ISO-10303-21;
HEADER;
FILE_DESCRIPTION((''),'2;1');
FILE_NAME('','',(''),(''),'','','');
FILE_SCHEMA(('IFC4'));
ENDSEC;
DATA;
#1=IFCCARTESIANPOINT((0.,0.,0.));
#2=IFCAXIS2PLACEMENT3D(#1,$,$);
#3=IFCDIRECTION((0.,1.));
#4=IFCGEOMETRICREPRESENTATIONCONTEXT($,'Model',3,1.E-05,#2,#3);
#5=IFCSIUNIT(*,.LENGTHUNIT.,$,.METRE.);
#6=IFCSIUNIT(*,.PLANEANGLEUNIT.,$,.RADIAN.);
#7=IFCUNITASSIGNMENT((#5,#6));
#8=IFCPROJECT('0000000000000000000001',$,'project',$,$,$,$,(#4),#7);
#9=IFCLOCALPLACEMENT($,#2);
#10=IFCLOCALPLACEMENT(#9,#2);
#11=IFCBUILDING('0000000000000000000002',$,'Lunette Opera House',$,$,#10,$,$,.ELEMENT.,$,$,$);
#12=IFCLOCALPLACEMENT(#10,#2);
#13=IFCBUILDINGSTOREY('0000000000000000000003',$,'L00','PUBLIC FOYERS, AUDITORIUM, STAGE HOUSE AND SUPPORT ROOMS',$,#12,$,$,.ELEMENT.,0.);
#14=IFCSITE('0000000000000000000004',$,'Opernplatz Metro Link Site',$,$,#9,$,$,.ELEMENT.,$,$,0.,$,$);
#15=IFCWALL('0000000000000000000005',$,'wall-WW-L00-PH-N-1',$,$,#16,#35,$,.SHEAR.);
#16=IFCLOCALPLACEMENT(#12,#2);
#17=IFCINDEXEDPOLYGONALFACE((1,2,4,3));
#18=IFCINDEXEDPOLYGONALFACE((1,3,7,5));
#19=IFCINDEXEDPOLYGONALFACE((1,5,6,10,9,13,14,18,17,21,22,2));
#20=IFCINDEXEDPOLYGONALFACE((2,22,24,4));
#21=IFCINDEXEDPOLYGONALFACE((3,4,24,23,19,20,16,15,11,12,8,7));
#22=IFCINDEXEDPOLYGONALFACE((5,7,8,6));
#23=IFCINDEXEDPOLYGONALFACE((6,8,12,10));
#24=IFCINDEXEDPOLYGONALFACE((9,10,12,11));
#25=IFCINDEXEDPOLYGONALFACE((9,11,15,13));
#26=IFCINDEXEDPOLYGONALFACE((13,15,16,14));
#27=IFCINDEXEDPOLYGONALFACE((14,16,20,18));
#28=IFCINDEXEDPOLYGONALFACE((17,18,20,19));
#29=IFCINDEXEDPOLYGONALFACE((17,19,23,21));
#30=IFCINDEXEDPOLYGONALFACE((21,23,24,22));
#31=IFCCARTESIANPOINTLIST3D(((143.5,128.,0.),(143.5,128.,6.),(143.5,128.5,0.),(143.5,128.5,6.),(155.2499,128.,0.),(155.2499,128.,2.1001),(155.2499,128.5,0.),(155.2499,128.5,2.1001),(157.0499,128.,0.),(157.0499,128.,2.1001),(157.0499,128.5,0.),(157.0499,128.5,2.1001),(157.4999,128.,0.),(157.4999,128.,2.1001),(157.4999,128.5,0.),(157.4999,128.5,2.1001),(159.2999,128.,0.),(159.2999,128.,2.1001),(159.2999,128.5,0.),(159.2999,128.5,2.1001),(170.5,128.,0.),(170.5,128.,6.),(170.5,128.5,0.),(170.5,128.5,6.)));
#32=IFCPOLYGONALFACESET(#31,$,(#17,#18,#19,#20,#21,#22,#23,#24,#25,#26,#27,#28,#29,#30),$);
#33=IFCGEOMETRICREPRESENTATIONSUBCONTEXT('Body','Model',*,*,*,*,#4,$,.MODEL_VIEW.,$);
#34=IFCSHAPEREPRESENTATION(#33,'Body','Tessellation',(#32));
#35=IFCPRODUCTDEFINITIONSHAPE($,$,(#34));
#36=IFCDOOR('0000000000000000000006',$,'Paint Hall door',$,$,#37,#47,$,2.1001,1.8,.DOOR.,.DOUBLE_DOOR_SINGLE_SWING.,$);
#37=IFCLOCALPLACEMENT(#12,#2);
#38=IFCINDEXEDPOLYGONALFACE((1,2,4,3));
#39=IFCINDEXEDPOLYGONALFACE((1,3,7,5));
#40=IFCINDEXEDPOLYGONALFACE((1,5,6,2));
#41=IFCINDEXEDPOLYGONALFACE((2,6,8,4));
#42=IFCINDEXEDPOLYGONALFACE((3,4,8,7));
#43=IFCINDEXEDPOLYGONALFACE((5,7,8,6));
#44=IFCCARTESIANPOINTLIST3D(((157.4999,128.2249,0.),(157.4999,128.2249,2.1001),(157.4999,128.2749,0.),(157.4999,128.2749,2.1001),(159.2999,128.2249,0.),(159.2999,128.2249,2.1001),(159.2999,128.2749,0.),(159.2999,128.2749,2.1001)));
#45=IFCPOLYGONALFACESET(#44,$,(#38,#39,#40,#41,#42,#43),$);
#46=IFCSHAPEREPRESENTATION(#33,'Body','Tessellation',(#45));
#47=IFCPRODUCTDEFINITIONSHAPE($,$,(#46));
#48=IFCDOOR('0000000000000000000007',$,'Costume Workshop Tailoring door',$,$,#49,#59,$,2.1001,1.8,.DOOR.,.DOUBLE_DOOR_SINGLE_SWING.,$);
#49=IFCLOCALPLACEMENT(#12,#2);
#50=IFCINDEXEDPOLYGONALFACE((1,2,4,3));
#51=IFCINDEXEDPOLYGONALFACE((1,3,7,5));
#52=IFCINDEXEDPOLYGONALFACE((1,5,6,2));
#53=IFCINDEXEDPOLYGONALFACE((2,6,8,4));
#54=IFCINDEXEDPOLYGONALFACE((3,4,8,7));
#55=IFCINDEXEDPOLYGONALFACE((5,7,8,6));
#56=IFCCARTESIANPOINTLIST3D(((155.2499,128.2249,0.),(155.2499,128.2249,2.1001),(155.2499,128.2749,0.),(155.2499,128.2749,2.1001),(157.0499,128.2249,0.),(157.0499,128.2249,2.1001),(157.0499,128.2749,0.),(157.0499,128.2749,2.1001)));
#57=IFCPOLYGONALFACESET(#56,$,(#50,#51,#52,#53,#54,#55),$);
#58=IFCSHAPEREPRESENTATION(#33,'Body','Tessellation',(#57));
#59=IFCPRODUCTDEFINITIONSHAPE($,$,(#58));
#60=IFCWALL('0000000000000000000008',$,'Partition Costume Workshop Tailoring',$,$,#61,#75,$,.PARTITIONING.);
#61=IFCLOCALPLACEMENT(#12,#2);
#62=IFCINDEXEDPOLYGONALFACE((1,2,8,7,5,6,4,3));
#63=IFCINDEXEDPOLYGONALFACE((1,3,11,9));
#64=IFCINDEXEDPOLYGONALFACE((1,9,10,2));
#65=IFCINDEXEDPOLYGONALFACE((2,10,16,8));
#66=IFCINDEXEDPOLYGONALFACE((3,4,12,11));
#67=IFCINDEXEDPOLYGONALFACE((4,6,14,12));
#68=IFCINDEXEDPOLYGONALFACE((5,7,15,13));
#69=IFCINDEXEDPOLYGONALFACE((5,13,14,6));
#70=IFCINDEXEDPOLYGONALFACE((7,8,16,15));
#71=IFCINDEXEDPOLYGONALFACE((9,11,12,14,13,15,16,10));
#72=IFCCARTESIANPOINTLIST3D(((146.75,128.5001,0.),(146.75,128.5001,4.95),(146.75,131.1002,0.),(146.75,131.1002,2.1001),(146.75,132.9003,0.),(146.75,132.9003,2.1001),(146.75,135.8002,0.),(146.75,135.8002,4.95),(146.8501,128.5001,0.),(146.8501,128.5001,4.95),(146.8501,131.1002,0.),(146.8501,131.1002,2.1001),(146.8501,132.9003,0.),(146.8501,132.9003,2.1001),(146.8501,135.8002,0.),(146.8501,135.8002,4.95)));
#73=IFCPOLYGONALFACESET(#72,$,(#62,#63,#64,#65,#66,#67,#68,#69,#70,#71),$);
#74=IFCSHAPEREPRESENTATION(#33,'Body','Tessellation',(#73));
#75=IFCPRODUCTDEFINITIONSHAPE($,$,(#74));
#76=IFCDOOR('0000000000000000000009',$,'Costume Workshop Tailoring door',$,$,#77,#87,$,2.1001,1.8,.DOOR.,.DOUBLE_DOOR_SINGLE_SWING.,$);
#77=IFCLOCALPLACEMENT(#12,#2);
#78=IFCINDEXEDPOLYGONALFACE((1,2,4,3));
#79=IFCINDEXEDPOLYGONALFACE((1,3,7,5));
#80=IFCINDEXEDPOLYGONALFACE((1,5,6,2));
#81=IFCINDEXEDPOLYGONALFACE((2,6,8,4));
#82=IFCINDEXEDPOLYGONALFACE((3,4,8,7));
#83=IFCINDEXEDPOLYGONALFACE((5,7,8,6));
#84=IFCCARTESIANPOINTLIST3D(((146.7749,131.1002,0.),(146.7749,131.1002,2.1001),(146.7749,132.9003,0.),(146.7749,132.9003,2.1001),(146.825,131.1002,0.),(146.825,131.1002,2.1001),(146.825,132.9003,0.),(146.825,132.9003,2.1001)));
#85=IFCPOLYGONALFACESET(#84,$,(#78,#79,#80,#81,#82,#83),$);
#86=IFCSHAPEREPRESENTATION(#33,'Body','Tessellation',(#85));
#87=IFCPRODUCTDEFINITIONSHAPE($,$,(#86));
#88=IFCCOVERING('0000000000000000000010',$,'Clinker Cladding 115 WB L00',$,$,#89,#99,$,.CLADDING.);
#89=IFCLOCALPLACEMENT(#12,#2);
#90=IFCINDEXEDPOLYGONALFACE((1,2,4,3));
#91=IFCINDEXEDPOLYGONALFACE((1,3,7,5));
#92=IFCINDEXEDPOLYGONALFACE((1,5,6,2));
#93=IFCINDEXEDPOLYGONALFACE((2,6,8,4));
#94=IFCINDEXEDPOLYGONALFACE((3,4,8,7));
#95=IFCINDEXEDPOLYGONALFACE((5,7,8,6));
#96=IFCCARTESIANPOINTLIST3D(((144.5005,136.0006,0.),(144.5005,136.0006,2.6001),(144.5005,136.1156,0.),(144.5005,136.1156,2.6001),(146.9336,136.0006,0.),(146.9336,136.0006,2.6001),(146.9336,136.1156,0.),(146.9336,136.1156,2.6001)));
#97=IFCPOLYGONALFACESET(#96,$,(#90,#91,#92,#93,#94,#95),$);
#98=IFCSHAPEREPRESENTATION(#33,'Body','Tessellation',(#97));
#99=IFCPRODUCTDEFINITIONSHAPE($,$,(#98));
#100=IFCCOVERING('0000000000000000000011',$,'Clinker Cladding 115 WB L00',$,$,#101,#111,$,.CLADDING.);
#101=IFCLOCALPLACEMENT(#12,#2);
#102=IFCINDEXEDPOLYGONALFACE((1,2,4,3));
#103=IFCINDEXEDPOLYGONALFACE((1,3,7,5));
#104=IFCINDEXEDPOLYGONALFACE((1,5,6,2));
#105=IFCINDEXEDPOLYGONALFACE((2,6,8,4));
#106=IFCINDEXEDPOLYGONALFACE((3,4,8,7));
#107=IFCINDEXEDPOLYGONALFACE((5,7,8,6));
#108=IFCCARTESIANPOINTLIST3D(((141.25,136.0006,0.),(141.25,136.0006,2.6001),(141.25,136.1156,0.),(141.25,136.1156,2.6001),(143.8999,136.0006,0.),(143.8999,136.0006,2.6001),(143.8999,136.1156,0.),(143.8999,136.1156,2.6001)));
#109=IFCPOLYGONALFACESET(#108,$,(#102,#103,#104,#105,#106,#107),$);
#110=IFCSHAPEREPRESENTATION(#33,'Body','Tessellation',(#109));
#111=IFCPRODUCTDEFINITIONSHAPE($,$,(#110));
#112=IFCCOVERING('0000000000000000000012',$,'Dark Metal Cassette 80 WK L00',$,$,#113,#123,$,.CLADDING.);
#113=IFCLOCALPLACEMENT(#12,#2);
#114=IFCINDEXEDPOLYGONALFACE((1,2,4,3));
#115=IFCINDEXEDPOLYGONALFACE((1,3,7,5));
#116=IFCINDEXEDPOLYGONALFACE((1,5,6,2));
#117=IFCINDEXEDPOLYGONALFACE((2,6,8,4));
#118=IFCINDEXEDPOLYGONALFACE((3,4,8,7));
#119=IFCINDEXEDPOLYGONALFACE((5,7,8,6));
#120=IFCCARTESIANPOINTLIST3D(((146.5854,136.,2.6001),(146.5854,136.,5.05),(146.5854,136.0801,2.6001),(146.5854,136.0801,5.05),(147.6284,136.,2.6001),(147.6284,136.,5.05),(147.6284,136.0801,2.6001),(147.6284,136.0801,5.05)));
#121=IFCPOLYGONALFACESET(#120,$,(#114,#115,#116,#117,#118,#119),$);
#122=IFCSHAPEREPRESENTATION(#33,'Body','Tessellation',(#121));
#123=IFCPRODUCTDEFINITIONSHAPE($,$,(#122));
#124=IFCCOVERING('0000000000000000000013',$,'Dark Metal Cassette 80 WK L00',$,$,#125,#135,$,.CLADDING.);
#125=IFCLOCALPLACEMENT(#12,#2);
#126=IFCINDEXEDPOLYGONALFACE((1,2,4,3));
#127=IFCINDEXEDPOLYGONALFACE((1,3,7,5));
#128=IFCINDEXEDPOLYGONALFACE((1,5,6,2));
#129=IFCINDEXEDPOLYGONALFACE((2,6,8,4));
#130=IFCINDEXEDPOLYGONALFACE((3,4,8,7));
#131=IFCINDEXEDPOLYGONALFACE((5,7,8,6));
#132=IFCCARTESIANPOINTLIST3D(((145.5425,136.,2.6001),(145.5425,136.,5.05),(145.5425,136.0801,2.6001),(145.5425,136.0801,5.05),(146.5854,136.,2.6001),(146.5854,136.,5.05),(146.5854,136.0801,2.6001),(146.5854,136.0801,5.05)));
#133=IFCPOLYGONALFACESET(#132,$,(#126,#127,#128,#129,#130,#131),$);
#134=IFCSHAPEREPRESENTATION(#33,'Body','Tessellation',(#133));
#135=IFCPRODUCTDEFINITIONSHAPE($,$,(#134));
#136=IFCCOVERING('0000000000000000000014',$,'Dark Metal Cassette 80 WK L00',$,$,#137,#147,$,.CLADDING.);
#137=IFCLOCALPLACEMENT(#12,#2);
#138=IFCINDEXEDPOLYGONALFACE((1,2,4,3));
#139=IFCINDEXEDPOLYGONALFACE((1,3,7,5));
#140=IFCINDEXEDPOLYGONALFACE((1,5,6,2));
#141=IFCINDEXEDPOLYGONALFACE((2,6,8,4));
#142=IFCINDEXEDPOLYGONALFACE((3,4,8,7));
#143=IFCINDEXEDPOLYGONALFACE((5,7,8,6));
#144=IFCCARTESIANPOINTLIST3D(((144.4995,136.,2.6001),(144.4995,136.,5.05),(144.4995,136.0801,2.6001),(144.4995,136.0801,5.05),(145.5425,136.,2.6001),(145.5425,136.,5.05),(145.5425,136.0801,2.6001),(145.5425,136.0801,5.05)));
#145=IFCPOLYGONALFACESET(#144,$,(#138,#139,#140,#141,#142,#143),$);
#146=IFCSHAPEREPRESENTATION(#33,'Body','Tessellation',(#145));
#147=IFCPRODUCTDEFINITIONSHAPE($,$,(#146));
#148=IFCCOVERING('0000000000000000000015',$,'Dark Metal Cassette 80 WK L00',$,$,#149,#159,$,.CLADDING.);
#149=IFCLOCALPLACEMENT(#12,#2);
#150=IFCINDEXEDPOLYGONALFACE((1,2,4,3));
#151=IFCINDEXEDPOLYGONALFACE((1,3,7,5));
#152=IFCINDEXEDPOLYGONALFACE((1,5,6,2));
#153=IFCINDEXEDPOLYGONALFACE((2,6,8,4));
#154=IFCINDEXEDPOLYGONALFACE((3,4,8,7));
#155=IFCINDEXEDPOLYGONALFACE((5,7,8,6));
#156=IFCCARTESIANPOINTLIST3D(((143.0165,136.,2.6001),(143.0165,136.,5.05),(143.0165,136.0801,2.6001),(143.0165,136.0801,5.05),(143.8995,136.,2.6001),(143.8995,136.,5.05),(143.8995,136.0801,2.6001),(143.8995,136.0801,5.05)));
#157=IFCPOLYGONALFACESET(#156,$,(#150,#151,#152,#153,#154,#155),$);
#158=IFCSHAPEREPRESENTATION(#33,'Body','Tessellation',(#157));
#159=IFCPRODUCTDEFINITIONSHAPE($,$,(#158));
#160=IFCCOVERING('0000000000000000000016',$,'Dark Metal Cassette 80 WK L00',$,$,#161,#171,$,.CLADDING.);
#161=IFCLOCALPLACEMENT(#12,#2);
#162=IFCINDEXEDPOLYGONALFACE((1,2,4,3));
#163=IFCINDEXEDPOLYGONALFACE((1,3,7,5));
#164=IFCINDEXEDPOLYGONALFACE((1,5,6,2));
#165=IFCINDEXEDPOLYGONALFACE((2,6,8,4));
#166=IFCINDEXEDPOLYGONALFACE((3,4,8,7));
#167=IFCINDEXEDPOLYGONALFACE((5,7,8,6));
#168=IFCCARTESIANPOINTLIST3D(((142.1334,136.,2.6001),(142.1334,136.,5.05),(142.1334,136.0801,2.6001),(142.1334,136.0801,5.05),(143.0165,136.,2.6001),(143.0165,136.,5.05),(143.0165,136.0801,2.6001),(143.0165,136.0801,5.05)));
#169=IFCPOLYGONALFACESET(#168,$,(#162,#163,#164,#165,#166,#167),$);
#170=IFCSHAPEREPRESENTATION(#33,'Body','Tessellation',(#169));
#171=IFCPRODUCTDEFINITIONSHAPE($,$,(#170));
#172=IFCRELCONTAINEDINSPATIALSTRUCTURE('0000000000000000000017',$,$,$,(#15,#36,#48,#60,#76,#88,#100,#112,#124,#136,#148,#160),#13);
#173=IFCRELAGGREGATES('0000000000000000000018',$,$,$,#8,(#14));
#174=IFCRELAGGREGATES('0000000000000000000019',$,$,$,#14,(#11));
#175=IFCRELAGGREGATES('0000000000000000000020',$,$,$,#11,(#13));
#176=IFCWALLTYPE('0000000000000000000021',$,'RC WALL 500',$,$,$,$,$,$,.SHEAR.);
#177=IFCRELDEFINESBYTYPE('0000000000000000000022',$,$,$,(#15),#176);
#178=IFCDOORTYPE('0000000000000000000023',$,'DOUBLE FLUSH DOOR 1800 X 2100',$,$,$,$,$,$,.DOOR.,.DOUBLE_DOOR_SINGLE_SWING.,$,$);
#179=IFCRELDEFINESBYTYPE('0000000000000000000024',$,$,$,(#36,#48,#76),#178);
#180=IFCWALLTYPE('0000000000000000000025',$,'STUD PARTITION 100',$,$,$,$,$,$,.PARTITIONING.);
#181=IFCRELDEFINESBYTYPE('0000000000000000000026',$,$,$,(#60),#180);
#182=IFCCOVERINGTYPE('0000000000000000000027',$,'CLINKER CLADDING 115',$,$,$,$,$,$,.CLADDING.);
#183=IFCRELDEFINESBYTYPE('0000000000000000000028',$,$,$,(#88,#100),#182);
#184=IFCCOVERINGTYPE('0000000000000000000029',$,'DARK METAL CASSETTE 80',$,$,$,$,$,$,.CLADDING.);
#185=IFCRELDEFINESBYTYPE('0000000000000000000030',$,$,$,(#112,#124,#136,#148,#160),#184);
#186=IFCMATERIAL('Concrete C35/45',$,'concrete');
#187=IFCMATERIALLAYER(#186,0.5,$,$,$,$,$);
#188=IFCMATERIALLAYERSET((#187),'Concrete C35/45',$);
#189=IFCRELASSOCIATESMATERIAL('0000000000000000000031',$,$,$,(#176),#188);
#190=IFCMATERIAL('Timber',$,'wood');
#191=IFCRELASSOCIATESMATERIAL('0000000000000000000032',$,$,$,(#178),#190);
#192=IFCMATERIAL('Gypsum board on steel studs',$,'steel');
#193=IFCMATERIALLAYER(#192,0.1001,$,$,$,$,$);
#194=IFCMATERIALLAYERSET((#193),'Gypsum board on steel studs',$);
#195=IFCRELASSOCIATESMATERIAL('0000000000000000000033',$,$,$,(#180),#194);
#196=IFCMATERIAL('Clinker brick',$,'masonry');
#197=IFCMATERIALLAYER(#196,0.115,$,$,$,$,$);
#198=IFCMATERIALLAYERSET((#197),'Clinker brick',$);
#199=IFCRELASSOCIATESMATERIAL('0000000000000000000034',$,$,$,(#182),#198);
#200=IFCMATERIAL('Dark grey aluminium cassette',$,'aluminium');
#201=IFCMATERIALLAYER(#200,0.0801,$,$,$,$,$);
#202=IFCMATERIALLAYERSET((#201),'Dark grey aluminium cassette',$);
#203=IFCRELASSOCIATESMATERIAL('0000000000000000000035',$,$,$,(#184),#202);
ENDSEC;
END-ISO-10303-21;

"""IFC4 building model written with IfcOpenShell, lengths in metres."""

from ifc_helpers import new_model, si_unit, direction, frame, frame_2d, origin, origin_2d, place, context, subcontext, project, spatial, rectangle, extrude, material, layer, layer_set, type_object, element, fill, save


model = new_model("IFC4")

# Units and contexts
model_context = context("Model", 3, precision=1e-05, world=origin(), true_north=direction((0.0, 1.0)))
body_context = subcontext(model_context, "Body", "Model", "MODEL_VIEW")
ifc_project = project(units=[si_unit("LENGTHUNIT", "METRE"), si_unit("PLANEANGLEUNIT", "RADIAN")], contexts=[model_context])

# Site, building, storey
site_placement = place(None, origin())
site = spatial("IfcSite", under=ifc_project, at=site_placement, Name="Opernplatz Metro Link Site", CompositionType="ELEMENT", RefElevation=0.0)
building_placement = place(site_placement, origin())
building = spatial("IfcBuilding", under=site, at=building_placement, Name="Lunette Opera House", CompositionType="ELEMENT")
storey_placement = place(building_placement, origin())
storey = spatial("IfcBuildingStorey", under=building, at=storey_placement, Name="L00", Description="PUBLIC FOYERS, AUDITORIUM, STAGE HOUSE AND SUPPORT ROOMS", CompositionType="ELEMENT", Elevation=0.0)

# Wall, openings, doors
ifc_material_1 = material(Name="Concrete C35/45", Category="concrete")
ifc_layer_1 = layer(ifc_material_1, 0.5)
ifc_layer_set_1 = layer_set([ifc_layer_1], Name="Concrete C35/45")
wall_type_1 = type_object("IfcWallType", Name="RC WALL 500", PredefinedType="SHEAR", material=ifc_layer_set_1)
wall_1_placement = place(storey_placement, frame((143.5, 128.25, 0.0), z_axis=(0.0, 0.0, 1.0), x_axis=(1.0, 0.0, 0.0)))
wall_1 = element("IfcWall", 1, at=wall_1_placement, inside=storey, type_object=wall_type_1, Name="wall-WW-L00-PH-N-1", PredefinedType="SHEAR", context=body_context, shape_type="SweptSolid", body=[
    extrude(rectangle(XDim=27.0, YDim=0.5, at=frame_2d((13.5, 0.0))), origin(), (0.0, 0.0, 1.0), 6.0),
])
opening_1_placement = place(wall_1_placement, frame((14.0, 0.0, 0.0)))
opening_1 = element("IfcOpeningElement", 2, at=opening_1_placement, cuts=wall_1, PredefinedType="OPENING", context=body_context, shape_type="SweptSolid", body=[
    extrude(rectangle(XDim=1.8, YDim=2.1001, at=frame_2d((0.8999, 1.05))), frame((0.0, 0.262, 0.0), z_axis=(0.0, -1.0, 0.0), x_axis=(1.0, 0.0, 0.0)), (0.0, 0.0, 1.0), 0.5239),
])
opening_2_placement = place(wall_1_placement, frame((11.75, 0.0, 0.0)))
opening_2 = element("IfcOpeningElement", 3, at=opening_2_placement, cuts=wall_1, PredefinedType="OPENING", context=body_context, shape_type="SweptSolid", body=[
    extrude(rectangle(XDim=1.8, YDim=2.1001, at=frame_2d((0.8999, 1.05))), frame((0.0, 0.262, 0.0), z_axis=(0.0, -1.0, 0.0), x_axis=(1.0, 0.0, 0.0)), (0.0, 0.0, 1.0), 0.5239),
])
ifc_material_2 = material(Name="Timber", Category="wood")
door_type_1 = type_object("IfcDoorType", Name="DOUBLE FLUSH DOOR 1800 X 2100", OperationType="DOUBLE_DOOR_SINGLE_SWING", PredefinedType="DOOR", material=ifc_material_2)
door_1_placement = place(opening_1_placement, origin())
door_1 = element("IfcDoor", 4, at=door_1_placement, inside=storey, type_object=door_type_1, Name="Paint Hall door", OperationType="DOUBLE_DOOR_SINGLE_SWING", OverallHeight=2.1001, OverallWidth=1.8, PredefinedType="DOOR", context=body_context, shape_type="SweptSolid", body=[
    extrude(rectangle(XDim=1.8, YDim=2.1001, at=frame_2d((0.8999, 1.05))), frame((0.0, 0.0249, 0.0), z_axis=(0.0, -1.0, 0.0), x_axis=(1.0, 0.0, 0.0)), (0.0, 0.0, 1.0), 0.05),
])
fill(opening_1, door_1)
door_2_placement = place(opening_2_placement, origin())
door_2 = element("IfcDoor", 5, at=door_2_placement, inside=storey, type_object=door_type_1, Name="Costume Workshop Tailoring door", OperationType="DOUBLE_DOOR_SINGLE_SWING", OverallHeight=2.1001, OverallWidth=1.8, PredefinedType="DOOR", context=body_context, shape_type="SweptSolid", body=[
    extrude(rectangle(XDim=1.8, YDim=2.1001, at=frame_2d((0.8999, 1.05))), frame((0.0, 0.0249, 0.0), z_axis=(0.0, -1.0, 0.0), x_axis=(1.0, 0.0, 0.0)), (0.0, 0.0, 1.0), 0.05),
])
fill(opening_2, door_2)

# Wall, opening, door
ifc_material_3 = material(Name="Gypsum board on steel studs", Category="steel")
ifc_layer_2 = layer(ifc_material_3, 0.1001)
ifc_layer_set_2 = layer_set([ifc_layer_2], Name="Gypsum board on steel studs")
wall_type_2 = type_object("IfcWallType", Name="STUD PARTITION 100", PredefinedType="PARTITIONING", material=ifc_layer_set_2)
wall_2_placement = place(storey_placement, frame((146.8, 135.8, 0.0), z_axis=(0.0, 0.0, 1.0), x_axis=(0.0, -1.0, 0.0)))
wall_2 = element("IfcWall", 6, at=wall_2_placement, inside=storey, type_object=wall_type_2, Name="Partition Costume Workshop Tailoring", PredefinedType="PARTITIONING", context=body_context, shape_type="SweptSolid", body=[
    extrude(rectangle(XDim=7.3, YDim=0.1001, at=frame_2d((3.6499, 0.0))), origin(), (0.0, 0.0, 1.0), 4.95),
])
opening_3_placement = place(wall_2_placement, frame((2.8999, 0.0, 0.0)))
opening_3 = element("IfcOpeningElement", 7, at=opening_3_placement, cuts=wall_2, PredefinedType="OPENING", context=body_context, shape_type="SweptSolid", body=[
    extrude(rectangle(XDim=1.8, YDim=2.1001, at=frame_2d((0.8999, 1.05))), frame((0.0, 0.062, 0.0), z_axis=(0.0, -1.0, 0.0), x_axis=(1.0, 0.0, 0.0)), (0.0, 0.0, 1.0), 0.124),
])
door_3_placement = place(opening_3_placement, origin())
door_3 = element("IfcDoor", 8, at=door_3_placement, inside=storey, type_object=door_type_1, Name="Costume Workshop Tailoring door", OperationType="DOUBLE_DOOR_SINGLE_SWING", OverallHeight=2.1001, OverallWidth=1.8, PredefinedType="DOOR", context=body_context, shape_type="SweptSolid", body=[
    extrude(rectangle(XDim=1.8, YDim=2.1001, at=frame_2d((0.8999, 1.05))), frame((0.0, 0.0249, 0.0), z_axis=(0.0, -1.0, 0.0), x_axis=(1.0, 0.0, 0.0)), (0.0, 0.0, 1.0), 0.05),
])
fill(opening_3, door_3)

# Coverings
ifc_material_4 = material(Name="Clinker brick", Category="masonry")
ifc_layer_3 = layer(ifc_material_4, 0.115)
ifc_layer_set_3 = layer_set([ifc_layer_3], Name="Clinker brick")
covering_type_1 = type_object("IfcCoveringType", Name="CLINKER CLADDING 115", PredefinedType="CLADDING", material=ifc_layer_set_3)
covering_1_placement = place(storey_placement, frame((145.717, 136.0581, 0.0), z_axis=(0.0, 0.0, 1.0), x_axis=(-1.0, 0.0, 0.0)))
element("IfcCovering", 9, at=covering_1_placement, inside=storey, type_object=covering_type_1, Name="Clinker Cladding 115 WB L00", PredefinedType="CLADDING", context=body_context, shape_type="SweptSolid", body=[
    extrude(rectangle(XDim=2.4331, YDim=0.115, at=origin_2d()), origin(), (0.0, 0.0, 1.0), 2.6001),
])
covering_2_placement = place(storey_placement, frame((142.575, 136.0581, 0.0), z_axis=(0.0, 0.0, 1.0), x_axis=(-1.0, 0.0, 0.0)))
element("IfcCovering", 10, at=covering_2_placement, inside=storey, type_object=covering_type_1, Name="Clinker Cladding 115 WB L00", PredefinedType="CLADDING", context=body_context, shape_type="SweptSolid", body=[
    extrude(rectangle(XDim=2.6499, YDim=0.115, at=origin_2d()), origin(), (0.0, 0.0, 1.0), 2.6001),
])
ifc_material_5 = material(Name="Dark grey aluminium cassette", Category="aluminium")
ifc_layer_4 = layer(ifc_material_5, 0.0801)
ifc_layer_set_4 = layer_set([ifc_layer_4], Name="Dark grey aluminium cassette")
covering_type_2 = type_object("IfcCoveringType", Name="DARK METAL CASSETTE 80", PredefinedType="CLADDING", material=ifc_layer_set_4)
for number, where, z_axis, x_axis, name in (
    (11, (147.1069, 136.04, 2.6001), (0.0, 0.0, 1.0), (-1.0, 0.0, 0.0), "Dark Metal Cassette 80 WK L00"),
    (12, (146.064, 136.04, 2.6001), (0.0, 0.0, 1.0), (-1.0, 0.0, 0.0), "Dark Metal Cassette 80 WK L00"),
    (13, (145.021, 136.04, 2.6001), (0.0, 0.0, 1.0), (-1.0, 0.0, 0.0), "Dark Metal Cassette 80 WK L00"),
):
    element("IfcCovering", number, at=place(storey_placement, frame(where, z_axis=z_axis, x_axis=x_axis)), inside=storey, type_object=covering_type_2, Name=name, PredefinedType="CLADDING", context=body_context, shape_type="SweptSolid", body=[
        extrude(rectangle(XDim=1.043, YDim=0.0801, at=origin_2d()), origin(), (0.0, 0.0, 1.0), 2.45),
    ])
for number, where, z_axis, x_axis, name in (
    (14, (143.458, 136.04, 2.6001), (0.0, 0.0, 1.0), (-1.0, 0.0, 0.0), "Dark Metal Cassette 80 WK L00"),
    (15, (142.575, 136.04, 2.6001), (0.0, 0.0, 1.0), (-1.0, 0.0, 0.0), "Dark Metal Cassette 80 WK L00"),
):
    element("IfcCovering", number, at=place(storey_placement, frame(where, z_axis=z_axis, x_axis=x_axis)), inside=storey, type_object=covering_type_2, Name=name, PredefinedType="CLADDING", context=body_context, shape_type="SweptSolid", body=[
        extrude(rectangle(XDim=0.8831, YDim=0.0801, at=origin_2d()), origin(), (0.0, 0.0, 1.0), 2.45),
    ])

save(model, "model.ifc")
